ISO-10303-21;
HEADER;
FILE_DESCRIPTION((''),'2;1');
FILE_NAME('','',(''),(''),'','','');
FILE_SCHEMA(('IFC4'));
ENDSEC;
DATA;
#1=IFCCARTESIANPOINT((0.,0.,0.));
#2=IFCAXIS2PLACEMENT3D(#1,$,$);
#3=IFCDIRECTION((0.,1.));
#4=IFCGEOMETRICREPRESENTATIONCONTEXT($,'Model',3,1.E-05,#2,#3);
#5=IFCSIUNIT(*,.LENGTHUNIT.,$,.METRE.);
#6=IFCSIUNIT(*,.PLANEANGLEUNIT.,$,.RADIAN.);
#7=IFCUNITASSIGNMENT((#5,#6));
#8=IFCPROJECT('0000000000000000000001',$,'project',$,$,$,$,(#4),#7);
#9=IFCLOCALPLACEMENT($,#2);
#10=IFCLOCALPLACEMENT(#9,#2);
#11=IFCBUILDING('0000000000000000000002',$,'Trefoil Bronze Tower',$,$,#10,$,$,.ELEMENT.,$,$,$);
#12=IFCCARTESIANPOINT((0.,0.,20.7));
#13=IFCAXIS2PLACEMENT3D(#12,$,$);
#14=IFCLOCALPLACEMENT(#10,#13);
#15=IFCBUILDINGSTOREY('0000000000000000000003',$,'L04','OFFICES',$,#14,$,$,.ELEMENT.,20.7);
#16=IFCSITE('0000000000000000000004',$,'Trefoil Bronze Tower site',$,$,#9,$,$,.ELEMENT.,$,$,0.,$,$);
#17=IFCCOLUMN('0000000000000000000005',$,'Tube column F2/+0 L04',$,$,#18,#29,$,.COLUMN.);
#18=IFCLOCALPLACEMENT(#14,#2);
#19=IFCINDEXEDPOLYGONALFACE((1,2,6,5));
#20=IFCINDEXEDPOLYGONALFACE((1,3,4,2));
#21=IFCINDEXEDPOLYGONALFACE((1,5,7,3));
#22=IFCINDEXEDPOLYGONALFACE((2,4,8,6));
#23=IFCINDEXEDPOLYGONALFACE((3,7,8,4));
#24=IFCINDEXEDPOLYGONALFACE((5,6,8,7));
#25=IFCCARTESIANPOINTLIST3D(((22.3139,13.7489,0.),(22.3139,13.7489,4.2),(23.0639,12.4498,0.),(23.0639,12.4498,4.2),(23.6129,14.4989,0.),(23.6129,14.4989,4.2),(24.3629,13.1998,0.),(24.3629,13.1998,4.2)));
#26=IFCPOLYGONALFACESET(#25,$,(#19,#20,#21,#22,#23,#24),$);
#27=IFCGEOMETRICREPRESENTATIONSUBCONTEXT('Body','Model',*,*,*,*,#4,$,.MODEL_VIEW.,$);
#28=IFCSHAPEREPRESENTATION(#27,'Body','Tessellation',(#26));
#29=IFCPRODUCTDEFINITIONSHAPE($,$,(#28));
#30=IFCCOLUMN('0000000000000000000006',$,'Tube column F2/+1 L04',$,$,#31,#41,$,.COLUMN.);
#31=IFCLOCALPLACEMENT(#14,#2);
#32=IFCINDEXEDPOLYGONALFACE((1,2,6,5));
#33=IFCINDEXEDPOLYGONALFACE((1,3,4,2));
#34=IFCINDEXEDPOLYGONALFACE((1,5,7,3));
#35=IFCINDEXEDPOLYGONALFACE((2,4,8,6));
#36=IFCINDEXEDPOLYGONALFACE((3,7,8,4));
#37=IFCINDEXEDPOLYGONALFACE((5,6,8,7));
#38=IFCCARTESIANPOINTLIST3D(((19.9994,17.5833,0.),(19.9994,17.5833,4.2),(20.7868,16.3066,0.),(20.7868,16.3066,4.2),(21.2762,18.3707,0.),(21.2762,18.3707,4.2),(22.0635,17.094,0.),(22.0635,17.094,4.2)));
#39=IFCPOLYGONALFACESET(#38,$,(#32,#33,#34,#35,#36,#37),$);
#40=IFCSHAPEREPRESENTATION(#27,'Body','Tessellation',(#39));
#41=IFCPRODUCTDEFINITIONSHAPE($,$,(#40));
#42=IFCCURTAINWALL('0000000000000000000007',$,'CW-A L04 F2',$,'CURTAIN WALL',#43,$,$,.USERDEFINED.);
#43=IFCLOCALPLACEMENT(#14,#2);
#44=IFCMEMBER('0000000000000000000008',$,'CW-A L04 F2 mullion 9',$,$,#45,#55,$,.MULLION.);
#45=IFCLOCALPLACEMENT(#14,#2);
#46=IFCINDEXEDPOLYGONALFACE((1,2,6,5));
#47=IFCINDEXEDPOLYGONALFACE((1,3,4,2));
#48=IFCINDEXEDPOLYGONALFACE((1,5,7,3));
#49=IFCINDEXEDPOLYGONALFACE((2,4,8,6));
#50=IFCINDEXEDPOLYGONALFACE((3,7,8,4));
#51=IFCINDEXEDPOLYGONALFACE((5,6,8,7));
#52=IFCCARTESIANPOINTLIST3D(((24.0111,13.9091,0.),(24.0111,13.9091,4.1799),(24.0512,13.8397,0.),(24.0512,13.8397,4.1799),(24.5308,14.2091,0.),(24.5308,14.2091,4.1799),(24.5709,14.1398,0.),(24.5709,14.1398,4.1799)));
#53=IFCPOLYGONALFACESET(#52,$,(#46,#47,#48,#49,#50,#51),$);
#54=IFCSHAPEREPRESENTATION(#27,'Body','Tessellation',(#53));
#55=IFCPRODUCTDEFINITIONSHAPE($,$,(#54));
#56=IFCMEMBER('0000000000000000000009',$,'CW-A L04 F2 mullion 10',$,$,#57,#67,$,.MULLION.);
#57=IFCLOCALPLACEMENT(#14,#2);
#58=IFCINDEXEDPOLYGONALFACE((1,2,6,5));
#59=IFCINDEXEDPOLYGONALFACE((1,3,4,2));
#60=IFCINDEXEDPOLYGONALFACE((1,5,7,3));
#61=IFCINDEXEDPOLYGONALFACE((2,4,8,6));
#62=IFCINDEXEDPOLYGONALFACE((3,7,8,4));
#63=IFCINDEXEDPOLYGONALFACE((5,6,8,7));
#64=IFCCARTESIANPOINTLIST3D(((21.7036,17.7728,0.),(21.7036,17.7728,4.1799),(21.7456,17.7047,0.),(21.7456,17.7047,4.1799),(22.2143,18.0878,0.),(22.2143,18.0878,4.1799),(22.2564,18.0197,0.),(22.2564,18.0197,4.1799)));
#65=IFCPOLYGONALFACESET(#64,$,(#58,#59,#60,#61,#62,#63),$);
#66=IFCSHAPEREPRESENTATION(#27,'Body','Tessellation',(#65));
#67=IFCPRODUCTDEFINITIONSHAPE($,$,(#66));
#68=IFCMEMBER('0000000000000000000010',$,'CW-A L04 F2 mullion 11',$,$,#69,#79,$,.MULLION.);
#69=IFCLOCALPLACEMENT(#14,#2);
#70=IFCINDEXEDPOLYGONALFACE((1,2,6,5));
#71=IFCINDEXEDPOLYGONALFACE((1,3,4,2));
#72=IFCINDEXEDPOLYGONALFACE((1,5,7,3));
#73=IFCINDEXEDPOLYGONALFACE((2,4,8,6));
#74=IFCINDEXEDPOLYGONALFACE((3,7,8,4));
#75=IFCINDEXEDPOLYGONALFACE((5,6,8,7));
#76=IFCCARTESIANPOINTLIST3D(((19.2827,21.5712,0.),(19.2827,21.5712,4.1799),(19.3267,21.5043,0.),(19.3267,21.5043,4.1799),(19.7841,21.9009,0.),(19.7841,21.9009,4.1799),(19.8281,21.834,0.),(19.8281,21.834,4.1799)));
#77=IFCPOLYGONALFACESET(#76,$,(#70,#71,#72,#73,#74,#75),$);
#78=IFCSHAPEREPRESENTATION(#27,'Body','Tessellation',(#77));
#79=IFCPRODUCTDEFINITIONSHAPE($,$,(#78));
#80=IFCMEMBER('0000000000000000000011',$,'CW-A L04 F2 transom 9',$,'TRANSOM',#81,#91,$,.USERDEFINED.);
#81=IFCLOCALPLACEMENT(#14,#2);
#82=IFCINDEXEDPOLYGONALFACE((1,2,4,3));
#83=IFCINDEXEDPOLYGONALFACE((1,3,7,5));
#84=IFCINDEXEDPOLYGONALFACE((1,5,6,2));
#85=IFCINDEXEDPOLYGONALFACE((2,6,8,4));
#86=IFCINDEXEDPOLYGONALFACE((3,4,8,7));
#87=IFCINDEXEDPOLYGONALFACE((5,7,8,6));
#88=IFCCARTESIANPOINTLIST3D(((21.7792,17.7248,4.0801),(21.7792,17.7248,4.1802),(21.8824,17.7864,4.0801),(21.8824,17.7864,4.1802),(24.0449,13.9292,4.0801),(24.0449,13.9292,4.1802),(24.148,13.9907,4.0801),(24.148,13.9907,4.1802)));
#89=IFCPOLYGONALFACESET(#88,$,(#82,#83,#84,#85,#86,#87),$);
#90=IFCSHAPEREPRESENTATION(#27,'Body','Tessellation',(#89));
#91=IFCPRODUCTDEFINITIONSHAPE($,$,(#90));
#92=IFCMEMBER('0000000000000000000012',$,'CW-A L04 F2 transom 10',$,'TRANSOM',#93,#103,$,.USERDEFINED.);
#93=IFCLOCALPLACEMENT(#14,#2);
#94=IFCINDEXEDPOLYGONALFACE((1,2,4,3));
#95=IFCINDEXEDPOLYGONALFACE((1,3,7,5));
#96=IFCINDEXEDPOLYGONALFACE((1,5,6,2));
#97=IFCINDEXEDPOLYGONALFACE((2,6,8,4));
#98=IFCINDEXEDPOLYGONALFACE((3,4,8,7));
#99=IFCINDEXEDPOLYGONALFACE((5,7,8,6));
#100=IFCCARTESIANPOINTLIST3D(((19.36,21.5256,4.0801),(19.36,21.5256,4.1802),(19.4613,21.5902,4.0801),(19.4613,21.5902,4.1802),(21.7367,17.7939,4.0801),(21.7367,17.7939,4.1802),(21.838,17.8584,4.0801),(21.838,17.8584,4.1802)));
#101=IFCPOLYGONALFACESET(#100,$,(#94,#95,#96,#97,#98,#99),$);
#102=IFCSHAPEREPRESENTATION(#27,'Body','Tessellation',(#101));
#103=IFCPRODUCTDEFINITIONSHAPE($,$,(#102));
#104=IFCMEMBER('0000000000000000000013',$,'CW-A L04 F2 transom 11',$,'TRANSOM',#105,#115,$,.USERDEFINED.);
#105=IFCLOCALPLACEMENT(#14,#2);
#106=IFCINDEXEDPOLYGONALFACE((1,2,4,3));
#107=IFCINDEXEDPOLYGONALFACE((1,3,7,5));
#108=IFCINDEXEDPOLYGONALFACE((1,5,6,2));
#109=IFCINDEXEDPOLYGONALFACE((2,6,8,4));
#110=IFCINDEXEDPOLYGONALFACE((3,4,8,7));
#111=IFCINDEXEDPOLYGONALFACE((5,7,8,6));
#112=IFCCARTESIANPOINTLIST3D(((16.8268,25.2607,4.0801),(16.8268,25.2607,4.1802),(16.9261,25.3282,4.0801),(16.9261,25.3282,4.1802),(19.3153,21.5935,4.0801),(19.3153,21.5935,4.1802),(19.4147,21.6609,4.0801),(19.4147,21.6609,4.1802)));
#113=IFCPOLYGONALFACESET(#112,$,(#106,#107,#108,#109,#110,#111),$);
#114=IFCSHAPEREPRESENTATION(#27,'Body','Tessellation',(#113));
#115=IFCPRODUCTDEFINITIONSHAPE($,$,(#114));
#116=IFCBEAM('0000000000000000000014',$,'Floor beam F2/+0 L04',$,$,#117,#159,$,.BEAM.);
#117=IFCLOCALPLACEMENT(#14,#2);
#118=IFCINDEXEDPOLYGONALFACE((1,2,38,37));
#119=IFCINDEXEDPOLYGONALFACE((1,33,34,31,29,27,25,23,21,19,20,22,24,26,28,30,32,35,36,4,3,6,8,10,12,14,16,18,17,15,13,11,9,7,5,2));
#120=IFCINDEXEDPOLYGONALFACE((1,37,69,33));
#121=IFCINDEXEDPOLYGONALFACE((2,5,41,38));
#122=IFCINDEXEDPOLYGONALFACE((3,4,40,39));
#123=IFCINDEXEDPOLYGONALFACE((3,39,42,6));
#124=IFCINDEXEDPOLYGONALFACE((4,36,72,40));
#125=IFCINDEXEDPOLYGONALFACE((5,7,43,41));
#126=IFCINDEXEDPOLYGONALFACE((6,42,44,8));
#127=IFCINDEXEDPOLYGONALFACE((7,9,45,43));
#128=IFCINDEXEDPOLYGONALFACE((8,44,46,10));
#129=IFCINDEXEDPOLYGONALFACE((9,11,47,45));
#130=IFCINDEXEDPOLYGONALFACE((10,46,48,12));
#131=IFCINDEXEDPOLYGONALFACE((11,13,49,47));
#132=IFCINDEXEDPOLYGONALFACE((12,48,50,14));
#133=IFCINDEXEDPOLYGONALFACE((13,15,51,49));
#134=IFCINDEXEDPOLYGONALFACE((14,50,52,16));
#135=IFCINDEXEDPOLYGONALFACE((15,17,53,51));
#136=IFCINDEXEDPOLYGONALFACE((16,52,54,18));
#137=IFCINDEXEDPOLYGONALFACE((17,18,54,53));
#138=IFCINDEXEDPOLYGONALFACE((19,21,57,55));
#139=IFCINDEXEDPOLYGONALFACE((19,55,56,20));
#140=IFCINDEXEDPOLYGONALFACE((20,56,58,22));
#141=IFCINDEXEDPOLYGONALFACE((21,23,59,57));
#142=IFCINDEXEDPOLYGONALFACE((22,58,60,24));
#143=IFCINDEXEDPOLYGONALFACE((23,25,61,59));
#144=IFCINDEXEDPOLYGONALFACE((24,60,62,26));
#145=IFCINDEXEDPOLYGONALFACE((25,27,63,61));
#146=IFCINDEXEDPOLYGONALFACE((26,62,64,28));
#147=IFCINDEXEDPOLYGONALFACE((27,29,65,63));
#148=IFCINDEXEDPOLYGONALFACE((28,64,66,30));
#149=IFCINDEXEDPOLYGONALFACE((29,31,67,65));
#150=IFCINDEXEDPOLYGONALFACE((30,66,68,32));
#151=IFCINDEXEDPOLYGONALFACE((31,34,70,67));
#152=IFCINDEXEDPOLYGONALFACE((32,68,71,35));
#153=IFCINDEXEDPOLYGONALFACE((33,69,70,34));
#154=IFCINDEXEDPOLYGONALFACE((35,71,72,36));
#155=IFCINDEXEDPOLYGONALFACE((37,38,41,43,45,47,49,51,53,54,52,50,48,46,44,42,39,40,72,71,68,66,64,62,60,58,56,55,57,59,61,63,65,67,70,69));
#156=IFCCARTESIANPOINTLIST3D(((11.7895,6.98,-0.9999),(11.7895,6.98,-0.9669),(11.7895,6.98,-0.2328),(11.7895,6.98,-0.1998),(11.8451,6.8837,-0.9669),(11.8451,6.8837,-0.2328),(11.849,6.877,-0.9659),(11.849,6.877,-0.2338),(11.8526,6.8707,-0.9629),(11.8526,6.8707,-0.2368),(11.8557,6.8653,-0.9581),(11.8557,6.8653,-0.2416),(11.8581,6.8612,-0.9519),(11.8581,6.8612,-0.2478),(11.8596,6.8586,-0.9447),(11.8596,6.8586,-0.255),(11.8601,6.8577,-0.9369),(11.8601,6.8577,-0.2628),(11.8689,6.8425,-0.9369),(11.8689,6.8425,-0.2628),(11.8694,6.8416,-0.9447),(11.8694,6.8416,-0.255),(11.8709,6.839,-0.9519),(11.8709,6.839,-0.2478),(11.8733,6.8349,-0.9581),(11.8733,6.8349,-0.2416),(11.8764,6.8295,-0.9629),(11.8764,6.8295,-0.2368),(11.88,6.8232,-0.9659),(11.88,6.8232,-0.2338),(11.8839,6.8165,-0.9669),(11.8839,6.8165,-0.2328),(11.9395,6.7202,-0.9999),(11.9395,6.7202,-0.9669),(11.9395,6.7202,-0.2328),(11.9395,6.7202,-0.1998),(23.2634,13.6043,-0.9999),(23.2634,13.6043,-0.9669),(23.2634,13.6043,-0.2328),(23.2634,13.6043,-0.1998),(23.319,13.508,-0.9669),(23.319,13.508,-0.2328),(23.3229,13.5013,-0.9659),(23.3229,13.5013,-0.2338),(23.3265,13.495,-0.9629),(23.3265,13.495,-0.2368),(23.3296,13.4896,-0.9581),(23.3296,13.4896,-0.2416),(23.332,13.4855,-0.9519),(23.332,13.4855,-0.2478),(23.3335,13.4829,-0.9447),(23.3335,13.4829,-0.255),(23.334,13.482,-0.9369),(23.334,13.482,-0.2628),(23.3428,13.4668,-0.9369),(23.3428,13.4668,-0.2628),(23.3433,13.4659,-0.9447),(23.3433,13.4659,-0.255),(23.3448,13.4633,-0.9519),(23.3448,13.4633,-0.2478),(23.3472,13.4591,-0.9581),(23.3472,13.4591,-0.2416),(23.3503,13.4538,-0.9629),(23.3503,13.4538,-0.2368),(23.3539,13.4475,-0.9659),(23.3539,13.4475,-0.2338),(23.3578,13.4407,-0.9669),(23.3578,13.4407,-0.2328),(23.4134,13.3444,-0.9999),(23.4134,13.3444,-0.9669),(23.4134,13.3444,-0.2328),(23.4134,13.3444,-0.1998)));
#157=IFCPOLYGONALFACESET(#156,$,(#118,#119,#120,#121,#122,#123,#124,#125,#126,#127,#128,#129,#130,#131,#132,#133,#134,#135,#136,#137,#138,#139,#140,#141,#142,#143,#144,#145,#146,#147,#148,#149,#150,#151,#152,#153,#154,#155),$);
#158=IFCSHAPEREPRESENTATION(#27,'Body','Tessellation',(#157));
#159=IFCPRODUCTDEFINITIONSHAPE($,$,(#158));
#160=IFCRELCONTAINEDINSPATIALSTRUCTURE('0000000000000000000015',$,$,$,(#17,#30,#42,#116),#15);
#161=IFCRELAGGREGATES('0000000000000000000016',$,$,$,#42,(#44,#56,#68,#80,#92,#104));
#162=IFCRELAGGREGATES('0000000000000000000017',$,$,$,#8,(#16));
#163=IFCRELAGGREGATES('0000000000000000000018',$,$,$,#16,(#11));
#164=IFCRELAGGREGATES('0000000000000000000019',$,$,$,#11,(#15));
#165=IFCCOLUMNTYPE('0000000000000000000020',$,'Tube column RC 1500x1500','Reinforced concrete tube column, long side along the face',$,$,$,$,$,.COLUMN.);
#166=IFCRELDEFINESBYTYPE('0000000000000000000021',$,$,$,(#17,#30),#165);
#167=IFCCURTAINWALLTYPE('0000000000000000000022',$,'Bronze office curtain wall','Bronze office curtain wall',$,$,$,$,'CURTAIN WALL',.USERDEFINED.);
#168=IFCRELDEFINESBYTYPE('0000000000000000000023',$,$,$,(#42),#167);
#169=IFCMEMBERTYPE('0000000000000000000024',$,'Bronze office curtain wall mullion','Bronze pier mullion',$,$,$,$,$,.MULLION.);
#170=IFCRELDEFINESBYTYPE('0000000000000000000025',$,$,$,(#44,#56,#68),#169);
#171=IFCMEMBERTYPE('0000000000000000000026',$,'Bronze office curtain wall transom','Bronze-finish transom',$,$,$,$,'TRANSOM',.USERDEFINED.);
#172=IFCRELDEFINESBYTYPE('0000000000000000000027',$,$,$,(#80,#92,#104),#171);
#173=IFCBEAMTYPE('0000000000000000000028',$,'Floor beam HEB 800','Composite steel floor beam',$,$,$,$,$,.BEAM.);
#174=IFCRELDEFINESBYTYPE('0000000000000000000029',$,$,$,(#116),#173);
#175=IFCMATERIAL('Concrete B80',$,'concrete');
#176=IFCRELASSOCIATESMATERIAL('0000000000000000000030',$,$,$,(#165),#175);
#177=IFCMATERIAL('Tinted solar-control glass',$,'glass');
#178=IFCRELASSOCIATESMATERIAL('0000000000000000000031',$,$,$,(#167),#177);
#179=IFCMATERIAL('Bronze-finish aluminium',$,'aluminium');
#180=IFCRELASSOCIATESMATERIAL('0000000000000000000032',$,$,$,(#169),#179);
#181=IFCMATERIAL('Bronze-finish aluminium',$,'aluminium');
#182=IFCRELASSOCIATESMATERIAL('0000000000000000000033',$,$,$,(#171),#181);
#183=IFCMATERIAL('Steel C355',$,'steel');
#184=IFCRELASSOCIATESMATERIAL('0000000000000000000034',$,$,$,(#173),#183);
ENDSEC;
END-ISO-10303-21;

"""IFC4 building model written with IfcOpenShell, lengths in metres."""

from ifc_helpers import new_model, si_unit, direction, frame, origin, origin_2d, place, context, subcontext, project, spatial, rectangle, i_section, extrude, material, material_profile, profile_set, type_object, element, aggregate, save


model = new_model("IFC4")

# Units and contexts
model_context = context("Model", 3, precision=1e-05, world=origin(), true_north=direction((0.0, 1.0)))
body_context = subcontext(model_context, "Body", "Model", "MODEL_VIEW")
ifc_project = project(units=[si_unit("LENGTHUNIT", "METRE"), si_unit("PLANEANGLEUNIT", "RADIAN")], contexts=[model_context])

# Site, building, storey
site_placement = place(None, origin())
site = spatial("IfcSite", under=ifc_project, at=site_placement, Name="Trefoil Bronze Tower site", CompositionType="ELEMENT", RefElevation=0.0)
building_placement = place(site_placement, origin())
building = spatial("IfcBuilding", under=site, at=building_placement, Name="Trefoil Bronze Tower", CompositionType="ELEMENT")
storey_placement = place(building_placement, frame((0.0, 0.0, 20.7)))
storey = spatial("IfcBuildingStorey", under=building, at=storey_placement, Name="L04", Description="OFFICES", CompositionType="ELEMENT", Elevation=20.7)

# Columns
ifc_material_1 = material(Name="Concrete B80", Category="concrete")
ifc_material_profile_1 = material_profile(ifc_material_1, rectangle(XDim=1.5, YDim=1.5, at=origin_2d()), Name="RC 1500x1500")
ifc_profile_set_1 = profile_set([ifc_material_profile_1], Name="Concrete B80")
column_type = type_object("IfcColumnType", Name="Tube column RC 1500x1500", Description="Reinforced concrete tube column, long side along the face", PredefinedType="COLUMN", material=ifc_profile_set_1)
for number, where, z_axis, x_axis, name in (
    (1, (23.3384, 13.4744, 0.0), (0.0, 0.0, 1.0), (-0.5, 0.866025, 0.0), "Tube column F2/+0 L04"),
    (2, (21.0315, 17.3386, 0.0), (0.0, 0.0, 1.0), (-0.524923, 0.85115, 0.0), "Tube column F2/+1 L04"),
):
    element("IfcColumn", number, at=place(storey_placement, frame(where, z_axis=z_axis, x_axis=x_axis)), inside=storey, type_object=column_type, Name=name, PredefinedType="COLUMN", context=body_context, shape_type="SweptSolid", body=[
        extrude(rectangle(XDim=1.5, YDim=1.5, at=origin_2d()), origin(), (0.0, 0.0, 1.0), 4.2),
    ])

# Curtain wall, members
ifc_material_2 = material(Name="Tinted solar-control glass", Category="glass")
curtain_wall_type = type_object("IfcCurtainWallType", Name="Bronze office curtain wall", Description="Bronze office curtain wall", ElementType="CURTAIN WALL", PredefinedType="USERDEFINED", material=ifc_material_2)
curtain_wall_placement = place(storey_placement, origin())
curtain_wall = element("IfcCurtainWall", 3, at=curtain_wall_placement, inside=storey, type_object=curtain_wall_type, Name="CW-A L04 F2", ObjectType="CURTAIN WALL", PredefinedType="USERDEFINED")
ifc_material_3 = material(Name="Bronze-finish aluminium", Category="aluminium")
ifc_material_profile_2 = material_profile(ifc_material_3, rectangle(XDim=0.6001, YDim=0.0801, at=origin_2d()), Name="CW-A mullion")
ifc_profile_set_2 = profile_set([ifc_material_profile_2], Name="Bronze-finish aluminium")
member_type_1 = type_object("IfcMemberType", Name="Bronze office curtain wall mullion", Description="Bronze pier mullion", PredefinedType="MULLION", material=ifc_profile_set_2)
member_1_placement = place(storey_placement, frame((24.291, 14.0244, 0.0), z_axis=(0.0, 0.0, 1.0), x_axis=(-0.866025, -0.5, 0.0)))
member_1 = element("IfcMember", 4, at=member_1_placement, type_object=member_type_1, Name="CW-A L04 F2 mullion 9", PredefinedType="MULLION", context=body_context, shape_type="SweptSolid", body=[
    extrude(rectangle(XDim=0.6001, YDim=0.0801, at=origin_2d()), origin(), (0.0, 0.0, 1.0), 4.1799),
])
member_2_placement = place(storey_placement, frame((21.98, 17.8962, 0.0), z_axis=(0.0, 0.0, 1.0), x_axis=(-0.85115, -0.524923, 0.0)))
member_2 = element("IfcMember", 5, at=member_2_placement, type_object=member_type_1, Name="CW-A L04 F2 mullion 10", PredefinedType="MULLION", context=body_context, shape_type="SweptSolid", body=[
    extrude(rectangle(XDim=0.6001, YDim=0.0801, at=origin_2d()), origin(), (0.0, 0.0, 1.0), 4.1799),
])
member_3_placement = place(storey_placement, frame((19.5554, 21.7026, 0.0), z_axis=(0.0, 0.0, 1.0), x_axis=(-0.835544, -0.549424, 0.0)))
member_3 = element("IfcMember", 6, at=member_3_placement, type_object=member_type_1, Name="CW-A L04 F2 mullion 11", PredefinedType="MULLION", context=body_context, shape_type="SweptSolid", body=[
    extrude(rectangle(XDim=0.6001, YDim=0.0801, at=origin_2d()), origin(), (0.0, 0.0, 1.0), 4.1799),
])
ifc_material_4 = material(Name="Bronze-finish aluminium", Category="aluminium")
ifc_material_profile_3 = material_profile(ifc_material_4, rectangle(XDim=0.1201, YDim=0.1001, at=origin_2d()), Name="CW-A transom")
ifc_profile_set_3 = profile_set([ifc_material_profile_3], Name="Bronze-finish aluminium")
member_type_2 = type_object("IfcMemberType", Name="Bronze office curtain wall transom", Description="Bronze-finish transom", ElementType="TRANSOM", PredefinedType="USERDEFINED", material=ifc_profile_set_3)
member_4_placement = place(storey_placement, frame((24.0964, 13.96, 4.1301), z_axis=(-0.512537, 0.858665, 0.0), x_axis=(-0.858665, -0.512537, 0.0)))
member_4 = element("IfcMember", 7, at=member_4_placement, type_object=member_type_2, Name="CW-A L04 F2 transom 9", ObjectType="TRANSOM", PredefinedType="USERDEFINED", context=body_context, shape_type="SweptSolid", body=[
    extrude(rectangle(XDim=0.1201, YDim=0.1001, at=origin_2d()), origin(), (0.0, 0.0, 1.0), 4.4204),
])
member_5_placement = place(storey_placement, frame((21.7874, 17.8262, 4.1301), z_axis=(-0.537197, 0.843457, 0.0), x_axis=(-0.843457, -0.537197, 0.0)))
member_5 = element("IfcMember", 8, at=member_5_placement, type_object=member_type_2, Name="CW-A L04 F2 transom 10", ObjectType="TRANSOM", PredefinedType="USERDEFINED", context=body_context, shape_type="SweptSolid", body=[
    extrude(rectangle(XDim=0.1201, YDim=0.1001, at=origin_2d()), origin(), (0.0, 0.0, 1.0), 4.4243),
])
member_6_placement = place(storey_placement, frame((19.365, 21.6272, 4.1301), z_axis=(-0.561508, 0.827471, 0.0), x_axis=(-0.827471, -0.561508, 0.0)))
member_6 = element("IfcMember", 9, at=member_6_placement, type_object=member_type_2, Name="CW-A L04 F2 transom 11", ObjectType="TRANSOM", PredefinedType="USERDEFINED", context=body_context, shape_type="SweptSolid", body=[
    extrude(rectangle(XDim=0.1201, YDim=0.1001, at=origin_2d()), origin(), (0.0, 0.0, 1.0), 4.4319),
])

# Beam
ifc_material_5 = material(Name="Steel C355", Category="steel")
ifc_material_profile_4 = material_profile(ifc_material_5, i_section(OverallWidth=0.3, OverallDepth=0.8, WebThickness=0.0176, FlangeThickness=0.033, FilletRadius=0.03, at=origin_2d()), Name="HEB 800")
ifc_profile_set_4 = profile_set([ifc_material_profile_4], Name="Steel C355")
beam_type_1 = type_object("IfcBeamType", Name="Floor beam HEB 800", Description="Composite steel floor beam", PredefinedType="BEAM", material=ifc_profile_set_4)
beam_1_placement = place(storey_placement, frame((23.3384, 13.4744, -0.5999), z_axis=(-0.866031, -0.49999, 0.0), x_axis=(0.49999, -0.866031, 0.0)))
element("IfcBeam", 10, at=beam_1_placement, inside=storey, type_object=beam_type_1, Name="Floor beam F2/+0 L04", PredefinedType="BEAM", context=body_context, shape_type="SweptSolid", body=[
    extrude(i_section(OverallWidth=0.3, OverallDepth=0.8, WebThickness=0.0176, FlangeThickness=0.033, FilletRadius=0.03, at=origin_2d()), origin(), (0.0, 0.0, 1.0), 13.2488),
])

aggregate(curtain_wall, [member_1, member_2, member_3, member_4, member_5, member_6])

save(model, "model.ifc")
